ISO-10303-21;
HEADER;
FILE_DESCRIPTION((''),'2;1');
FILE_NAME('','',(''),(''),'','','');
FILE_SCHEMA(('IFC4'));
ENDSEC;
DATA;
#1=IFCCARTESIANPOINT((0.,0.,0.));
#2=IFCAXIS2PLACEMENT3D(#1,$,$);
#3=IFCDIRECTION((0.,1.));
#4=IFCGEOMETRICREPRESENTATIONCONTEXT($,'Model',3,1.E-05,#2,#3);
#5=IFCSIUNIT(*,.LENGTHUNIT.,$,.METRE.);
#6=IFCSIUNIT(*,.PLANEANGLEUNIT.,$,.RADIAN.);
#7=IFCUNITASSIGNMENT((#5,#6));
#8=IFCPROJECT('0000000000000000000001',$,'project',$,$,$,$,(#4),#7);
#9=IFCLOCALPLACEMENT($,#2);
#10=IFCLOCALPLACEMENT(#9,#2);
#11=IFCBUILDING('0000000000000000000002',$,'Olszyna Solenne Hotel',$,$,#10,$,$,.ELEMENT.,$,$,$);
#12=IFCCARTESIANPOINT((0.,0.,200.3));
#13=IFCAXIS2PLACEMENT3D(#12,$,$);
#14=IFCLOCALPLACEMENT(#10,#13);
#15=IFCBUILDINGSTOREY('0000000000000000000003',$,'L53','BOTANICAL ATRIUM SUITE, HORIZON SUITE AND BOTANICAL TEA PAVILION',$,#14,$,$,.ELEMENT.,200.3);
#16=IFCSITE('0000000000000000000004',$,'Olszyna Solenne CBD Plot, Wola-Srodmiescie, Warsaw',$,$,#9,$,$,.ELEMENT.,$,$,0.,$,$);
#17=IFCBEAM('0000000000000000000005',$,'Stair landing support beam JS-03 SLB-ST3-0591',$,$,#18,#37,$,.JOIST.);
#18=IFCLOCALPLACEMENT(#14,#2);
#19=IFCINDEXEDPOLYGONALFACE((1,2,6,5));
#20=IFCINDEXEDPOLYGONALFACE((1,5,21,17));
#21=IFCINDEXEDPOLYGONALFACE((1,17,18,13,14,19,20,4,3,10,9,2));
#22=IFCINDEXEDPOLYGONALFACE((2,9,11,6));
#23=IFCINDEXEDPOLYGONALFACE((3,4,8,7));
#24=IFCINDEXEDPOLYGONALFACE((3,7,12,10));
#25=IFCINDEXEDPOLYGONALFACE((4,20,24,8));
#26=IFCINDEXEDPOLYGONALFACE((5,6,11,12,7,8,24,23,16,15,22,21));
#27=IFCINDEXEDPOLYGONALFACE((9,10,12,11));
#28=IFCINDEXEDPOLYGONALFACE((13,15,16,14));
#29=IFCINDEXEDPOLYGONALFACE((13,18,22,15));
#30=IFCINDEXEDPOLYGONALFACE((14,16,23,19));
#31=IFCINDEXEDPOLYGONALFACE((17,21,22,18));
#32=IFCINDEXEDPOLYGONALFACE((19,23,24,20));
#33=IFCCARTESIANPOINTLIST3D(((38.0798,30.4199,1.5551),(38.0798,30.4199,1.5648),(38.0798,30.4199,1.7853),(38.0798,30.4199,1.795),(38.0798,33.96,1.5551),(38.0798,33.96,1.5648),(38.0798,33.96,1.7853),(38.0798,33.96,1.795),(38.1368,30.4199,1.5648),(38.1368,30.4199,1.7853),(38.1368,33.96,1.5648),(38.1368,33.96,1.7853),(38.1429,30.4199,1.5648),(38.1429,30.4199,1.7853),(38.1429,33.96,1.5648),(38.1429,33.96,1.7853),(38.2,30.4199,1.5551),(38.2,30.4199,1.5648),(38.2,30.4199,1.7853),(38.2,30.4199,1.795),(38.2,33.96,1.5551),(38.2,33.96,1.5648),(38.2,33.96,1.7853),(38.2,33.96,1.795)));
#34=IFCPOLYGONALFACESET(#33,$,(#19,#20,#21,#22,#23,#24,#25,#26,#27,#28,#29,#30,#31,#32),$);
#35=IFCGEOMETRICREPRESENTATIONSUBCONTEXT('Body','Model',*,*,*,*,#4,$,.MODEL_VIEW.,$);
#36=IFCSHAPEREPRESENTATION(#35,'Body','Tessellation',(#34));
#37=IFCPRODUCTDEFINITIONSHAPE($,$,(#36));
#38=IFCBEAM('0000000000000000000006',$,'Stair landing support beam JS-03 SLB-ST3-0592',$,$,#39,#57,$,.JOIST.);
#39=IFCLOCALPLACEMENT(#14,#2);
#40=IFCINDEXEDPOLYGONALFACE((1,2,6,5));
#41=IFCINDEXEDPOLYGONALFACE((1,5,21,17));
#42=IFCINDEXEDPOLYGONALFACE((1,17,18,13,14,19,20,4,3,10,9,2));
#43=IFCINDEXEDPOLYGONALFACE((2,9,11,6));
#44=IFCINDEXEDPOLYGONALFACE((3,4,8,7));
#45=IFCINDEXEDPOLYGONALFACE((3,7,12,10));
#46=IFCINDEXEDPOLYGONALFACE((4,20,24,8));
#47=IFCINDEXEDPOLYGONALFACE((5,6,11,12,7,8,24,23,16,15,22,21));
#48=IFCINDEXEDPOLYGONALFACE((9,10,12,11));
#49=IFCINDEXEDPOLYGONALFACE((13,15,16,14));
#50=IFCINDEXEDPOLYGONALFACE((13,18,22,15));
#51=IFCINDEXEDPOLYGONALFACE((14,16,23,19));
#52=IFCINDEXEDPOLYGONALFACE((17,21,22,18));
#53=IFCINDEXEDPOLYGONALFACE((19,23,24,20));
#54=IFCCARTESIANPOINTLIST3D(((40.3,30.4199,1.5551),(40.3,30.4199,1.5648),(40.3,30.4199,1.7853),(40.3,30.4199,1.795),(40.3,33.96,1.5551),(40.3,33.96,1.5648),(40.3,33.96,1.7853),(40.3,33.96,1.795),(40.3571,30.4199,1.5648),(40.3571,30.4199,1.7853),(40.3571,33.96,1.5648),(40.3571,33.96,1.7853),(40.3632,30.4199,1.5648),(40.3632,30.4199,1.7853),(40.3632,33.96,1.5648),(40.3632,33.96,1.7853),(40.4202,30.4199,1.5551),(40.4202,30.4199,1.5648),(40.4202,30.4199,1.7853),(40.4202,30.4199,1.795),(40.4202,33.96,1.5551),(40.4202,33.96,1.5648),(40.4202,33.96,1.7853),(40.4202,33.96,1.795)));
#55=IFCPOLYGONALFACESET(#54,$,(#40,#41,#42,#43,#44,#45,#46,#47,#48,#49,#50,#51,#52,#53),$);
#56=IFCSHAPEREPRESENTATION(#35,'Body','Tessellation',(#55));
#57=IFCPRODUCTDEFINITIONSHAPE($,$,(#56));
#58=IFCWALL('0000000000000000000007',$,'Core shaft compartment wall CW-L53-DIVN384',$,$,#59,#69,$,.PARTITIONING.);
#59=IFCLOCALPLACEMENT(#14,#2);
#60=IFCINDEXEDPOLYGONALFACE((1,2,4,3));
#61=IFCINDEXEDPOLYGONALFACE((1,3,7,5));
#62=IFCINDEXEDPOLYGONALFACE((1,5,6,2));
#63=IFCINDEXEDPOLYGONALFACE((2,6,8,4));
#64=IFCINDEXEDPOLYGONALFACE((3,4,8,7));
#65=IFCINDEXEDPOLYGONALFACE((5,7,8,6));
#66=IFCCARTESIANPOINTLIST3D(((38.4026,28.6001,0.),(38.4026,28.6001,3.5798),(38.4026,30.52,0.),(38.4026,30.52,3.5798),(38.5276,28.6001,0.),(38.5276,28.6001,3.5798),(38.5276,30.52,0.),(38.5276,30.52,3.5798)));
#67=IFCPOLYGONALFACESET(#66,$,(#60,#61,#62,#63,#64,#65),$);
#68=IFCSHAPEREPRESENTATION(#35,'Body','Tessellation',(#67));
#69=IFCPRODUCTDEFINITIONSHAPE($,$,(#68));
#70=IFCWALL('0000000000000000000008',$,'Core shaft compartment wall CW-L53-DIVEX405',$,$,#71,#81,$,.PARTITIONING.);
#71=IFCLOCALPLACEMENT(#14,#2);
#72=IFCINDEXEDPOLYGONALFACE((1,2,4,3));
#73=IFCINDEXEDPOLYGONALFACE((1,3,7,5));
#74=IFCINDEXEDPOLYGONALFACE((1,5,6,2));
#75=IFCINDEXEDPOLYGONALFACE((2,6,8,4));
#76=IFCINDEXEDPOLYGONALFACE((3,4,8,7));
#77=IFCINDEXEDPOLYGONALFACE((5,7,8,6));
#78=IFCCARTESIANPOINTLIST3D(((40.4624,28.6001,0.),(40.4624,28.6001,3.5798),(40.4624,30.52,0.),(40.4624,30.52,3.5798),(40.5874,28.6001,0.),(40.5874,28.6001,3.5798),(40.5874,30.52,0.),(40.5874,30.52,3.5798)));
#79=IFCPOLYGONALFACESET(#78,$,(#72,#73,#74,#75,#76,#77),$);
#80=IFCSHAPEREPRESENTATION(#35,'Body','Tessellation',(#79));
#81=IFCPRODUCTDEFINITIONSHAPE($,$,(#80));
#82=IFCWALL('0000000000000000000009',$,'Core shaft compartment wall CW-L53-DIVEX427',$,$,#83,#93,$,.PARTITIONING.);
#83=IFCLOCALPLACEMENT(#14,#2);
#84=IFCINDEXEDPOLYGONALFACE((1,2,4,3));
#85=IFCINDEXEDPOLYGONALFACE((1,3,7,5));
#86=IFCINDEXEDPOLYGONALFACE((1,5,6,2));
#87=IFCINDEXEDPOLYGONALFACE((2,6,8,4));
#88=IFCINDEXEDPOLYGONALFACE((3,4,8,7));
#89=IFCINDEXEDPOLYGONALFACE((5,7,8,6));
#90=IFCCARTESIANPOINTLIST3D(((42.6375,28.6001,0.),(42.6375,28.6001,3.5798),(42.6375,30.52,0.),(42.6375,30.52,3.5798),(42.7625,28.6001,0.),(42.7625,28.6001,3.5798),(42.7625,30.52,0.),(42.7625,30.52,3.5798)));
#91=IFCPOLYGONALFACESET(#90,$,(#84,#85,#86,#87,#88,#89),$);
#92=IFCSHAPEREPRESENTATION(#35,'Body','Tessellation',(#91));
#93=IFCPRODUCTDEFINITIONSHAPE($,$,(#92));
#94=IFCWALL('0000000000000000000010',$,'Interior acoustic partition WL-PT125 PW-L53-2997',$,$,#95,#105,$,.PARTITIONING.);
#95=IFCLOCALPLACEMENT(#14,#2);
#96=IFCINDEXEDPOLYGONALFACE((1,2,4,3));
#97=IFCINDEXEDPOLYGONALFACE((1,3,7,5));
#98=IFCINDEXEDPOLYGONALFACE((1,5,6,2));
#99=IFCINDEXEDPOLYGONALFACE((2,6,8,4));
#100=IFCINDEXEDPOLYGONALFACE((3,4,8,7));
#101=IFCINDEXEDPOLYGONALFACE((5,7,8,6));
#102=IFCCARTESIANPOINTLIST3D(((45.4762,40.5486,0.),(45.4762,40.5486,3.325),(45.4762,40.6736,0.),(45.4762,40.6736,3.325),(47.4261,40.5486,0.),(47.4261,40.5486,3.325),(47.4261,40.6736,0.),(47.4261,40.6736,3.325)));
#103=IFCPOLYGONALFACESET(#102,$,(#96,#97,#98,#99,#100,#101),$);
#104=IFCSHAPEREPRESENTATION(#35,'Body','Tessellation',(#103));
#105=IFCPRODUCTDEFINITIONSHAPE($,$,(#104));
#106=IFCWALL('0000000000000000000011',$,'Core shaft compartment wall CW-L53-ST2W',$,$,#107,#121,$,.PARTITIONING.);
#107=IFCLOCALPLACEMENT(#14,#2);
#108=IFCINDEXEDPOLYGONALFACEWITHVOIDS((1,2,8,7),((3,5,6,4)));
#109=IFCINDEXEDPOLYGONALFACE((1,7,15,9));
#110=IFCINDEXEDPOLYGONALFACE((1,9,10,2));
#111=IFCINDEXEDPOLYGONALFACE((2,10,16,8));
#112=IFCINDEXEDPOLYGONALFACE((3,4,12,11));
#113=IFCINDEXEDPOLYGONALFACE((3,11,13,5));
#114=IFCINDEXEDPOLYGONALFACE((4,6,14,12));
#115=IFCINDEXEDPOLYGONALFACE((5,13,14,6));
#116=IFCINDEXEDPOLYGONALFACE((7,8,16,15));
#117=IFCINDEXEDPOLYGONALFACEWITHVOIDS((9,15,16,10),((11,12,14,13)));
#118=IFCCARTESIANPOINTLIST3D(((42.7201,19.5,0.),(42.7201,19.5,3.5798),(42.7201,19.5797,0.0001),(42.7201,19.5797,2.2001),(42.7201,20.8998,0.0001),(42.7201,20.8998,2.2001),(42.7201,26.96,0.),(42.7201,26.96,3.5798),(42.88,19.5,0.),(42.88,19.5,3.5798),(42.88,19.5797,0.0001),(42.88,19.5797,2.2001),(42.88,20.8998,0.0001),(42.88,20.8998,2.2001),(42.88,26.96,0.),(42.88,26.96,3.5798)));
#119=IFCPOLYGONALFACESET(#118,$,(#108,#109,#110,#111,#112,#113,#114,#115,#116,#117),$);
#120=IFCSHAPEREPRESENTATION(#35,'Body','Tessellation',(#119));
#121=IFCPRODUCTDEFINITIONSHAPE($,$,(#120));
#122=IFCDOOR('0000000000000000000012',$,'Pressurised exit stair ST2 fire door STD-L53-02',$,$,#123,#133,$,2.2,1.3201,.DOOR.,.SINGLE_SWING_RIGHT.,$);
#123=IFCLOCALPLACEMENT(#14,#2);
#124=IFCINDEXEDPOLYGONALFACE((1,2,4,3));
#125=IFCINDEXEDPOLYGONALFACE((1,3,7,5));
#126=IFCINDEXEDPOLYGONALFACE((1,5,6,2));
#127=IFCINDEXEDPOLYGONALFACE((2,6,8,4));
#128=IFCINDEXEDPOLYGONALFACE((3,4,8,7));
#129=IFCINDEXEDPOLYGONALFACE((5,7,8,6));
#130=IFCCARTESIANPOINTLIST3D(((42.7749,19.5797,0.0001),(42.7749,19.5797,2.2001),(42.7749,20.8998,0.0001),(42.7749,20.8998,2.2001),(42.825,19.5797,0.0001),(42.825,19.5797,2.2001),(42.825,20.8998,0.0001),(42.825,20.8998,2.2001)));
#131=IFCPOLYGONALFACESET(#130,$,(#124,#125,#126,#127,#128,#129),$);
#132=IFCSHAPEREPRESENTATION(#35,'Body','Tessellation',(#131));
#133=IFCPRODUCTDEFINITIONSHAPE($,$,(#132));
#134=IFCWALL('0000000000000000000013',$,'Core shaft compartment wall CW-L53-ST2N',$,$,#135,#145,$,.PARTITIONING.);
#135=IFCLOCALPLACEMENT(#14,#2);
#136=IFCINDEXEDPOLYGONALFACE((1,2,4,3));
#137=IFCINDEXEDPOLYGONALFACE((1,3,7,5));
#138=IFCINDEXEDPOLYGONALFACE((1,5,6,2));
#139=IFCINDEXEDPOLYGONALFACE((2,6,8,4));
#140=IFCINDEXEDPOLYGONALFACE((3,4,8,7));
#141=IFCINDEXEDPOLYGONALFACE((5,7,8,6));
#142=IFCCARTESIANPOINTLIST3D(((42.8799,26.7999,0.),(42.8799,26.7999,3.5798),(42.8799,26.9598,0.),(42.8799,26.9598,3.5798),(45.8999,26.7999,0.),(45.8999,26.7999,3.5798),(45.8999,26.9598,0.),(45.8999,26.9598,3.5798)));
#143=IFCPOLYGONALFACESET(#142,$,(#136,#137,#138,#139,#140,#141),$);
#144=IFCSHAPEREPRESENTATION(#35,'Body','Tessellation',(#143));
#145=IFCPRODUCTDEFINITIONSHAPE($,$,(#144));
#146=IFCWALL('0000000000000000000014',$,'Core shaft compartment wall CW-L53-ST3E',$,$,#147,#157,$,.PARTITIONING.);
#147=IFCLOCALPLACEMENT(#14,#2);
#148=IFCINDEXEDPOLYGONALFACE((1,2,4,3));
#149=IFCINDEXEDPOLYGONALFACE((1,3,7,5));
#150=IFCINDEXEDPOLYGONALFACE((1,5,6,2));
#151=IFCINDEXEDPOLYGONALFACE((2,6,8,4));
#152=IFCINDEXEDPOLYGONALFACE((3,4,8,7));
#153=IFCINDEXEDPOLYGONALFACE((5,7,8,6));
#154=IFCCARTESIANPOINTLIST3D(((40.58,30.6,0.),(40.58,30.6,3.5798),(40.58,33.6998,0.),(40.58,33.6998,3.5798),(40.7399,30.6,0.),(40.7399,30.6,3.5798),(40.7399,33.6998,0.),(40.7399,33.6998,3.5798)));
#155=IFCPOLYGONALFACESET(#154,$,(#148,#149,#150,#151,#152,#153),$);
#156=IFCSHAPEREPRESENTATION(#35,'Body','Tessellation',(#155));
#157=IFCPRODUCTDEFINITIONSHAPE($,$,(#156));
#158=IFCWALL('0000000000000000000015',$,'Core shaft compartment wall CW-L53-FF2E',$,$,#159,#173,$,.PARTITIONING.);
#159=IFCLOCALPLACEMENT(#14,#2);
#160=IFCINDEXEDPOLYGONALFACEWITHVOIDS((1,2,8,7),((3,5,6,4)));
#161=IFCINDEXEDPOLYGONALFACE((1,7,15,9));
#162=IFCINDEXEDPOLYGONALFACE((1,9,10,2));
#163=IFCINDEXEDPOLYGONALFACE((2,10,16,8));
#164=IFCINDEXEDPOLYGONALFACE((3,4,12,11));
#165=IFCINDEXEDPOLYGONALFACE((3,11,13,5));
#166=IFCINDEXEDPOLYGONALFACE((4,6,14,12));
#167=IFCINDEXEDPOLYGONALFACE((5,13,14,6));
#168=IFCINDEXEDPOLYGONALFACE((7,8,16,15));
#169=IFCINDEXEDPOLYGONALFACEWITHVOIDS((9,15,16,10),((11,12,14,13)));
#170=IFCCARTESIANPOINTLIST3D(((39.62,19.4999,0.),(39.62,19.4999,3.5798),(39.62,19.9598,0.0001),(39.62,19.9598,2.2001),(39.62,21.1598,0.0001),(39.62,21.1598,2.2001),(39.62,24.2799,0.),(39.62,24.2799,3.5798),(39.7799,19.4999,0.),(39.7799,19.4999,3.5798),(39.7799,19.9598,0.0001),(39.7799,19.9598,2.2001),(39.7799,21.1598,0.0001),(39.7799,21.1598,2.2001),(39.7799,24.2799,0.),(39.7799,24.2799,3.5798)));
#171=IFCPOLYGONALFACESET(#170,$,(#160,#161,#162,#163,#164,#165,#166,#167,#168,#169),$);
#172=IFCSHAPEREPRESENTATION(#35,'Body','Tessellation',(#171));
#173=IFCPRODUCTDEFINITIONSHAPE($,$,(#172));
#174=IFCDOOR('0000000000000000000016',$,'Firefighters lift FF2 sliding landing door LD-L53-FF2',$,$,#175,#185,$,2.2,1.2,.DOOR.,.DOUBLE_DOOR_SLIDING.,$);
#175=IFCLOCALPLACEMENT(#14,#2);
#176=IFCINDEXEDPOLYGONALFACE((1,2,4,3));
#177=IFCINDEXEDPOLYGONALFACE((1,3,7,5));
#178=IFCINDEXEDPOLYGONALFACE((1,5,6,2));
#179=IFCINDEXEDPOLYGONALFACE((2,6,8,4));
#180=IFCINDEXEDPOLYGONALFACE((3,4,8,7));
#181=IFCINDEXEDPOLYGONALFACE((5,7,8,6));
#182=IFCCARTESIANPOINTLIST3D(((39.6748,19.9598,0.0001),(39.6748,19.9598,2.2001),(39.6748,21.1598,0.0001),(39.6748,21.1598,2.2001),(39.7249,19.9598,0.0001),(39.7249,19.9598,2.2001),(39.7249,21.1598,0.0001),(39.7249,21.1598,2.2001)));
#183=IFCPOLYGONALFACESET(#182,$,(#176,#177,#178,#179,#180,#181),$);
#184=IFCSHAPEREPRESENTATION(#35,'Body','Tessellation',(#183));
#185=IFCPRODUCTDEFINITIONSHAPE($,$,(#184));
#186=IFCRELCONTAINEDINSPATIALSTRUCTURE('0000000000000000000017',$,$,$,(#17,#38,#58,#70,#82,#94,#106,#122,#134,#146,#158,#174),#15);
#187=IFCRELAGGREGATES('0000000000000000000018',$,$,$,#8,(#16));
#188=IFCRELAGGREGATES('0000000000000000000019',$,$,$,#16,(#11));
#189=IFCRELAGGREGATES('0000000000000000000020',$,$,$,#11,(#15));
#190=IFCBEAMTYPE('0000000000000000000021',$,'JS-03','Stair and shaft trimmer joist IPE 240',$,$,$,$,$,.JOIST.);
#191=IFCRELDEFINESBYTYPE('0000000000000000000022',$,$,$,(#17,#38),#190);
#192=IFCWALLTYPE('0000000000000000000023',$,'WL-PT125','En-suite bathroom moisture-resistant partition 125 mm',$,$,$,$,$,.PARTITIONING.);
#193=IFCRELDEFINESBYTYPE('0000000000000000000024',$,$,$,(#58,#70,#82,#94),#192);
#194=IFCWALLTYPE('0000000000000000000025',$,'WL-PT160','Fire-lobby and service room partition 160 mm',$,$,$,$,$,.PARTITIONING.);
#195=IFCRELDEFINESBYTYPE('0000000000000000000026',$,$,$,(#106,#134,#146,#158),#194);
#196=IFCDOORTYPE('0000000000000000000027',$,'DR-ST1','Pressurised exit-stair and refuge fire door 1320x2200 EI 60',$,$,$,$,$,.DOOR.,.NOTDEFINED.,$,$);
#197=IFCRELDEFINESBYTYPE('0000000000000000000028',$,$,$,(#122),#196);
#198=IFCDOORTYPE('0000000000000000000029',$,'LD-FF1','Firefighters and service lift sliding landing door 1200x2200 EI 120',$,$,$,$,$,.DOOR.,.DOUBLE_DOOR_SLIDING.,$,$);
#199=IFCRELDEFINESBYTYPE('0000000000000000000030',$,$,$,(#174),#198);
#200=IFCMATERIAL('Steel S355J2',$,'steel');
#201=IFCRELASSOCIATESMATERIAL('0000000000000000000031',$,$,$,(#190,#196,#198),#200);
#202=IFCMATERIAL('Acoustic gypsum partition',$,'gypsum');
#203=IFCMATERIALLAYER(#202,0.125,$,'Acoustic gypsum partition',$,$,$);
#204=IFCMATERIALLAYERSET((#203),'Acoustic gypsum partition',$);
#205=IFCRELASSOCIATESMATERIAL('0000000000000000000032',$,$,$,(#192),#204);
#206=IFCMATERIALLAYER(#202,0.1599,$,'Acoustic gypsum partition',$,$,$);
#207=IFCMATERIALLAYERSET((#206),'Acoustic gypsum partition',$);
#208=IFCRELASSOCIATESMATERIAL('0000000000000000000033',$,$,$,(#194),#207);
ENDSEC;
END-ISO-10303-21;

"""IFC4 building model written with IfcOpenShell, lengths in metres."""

from ifc_helpers import new_model, si_unit, direction, frame, frame_2d, origin, origin_2d, place, context, subcontext, project, spatial, rectangle, i_section, extrude, source, transform, mapped, material, layer, layer_set, material_profile, profile_set, type_object, type_shapes, element, fill, save


model = new_model("IFC4")

# Units and contexts
model_context = context("Model", 3, precision=1e-05, world=origin(), true_north=direction((0.0, 1.0)))
body_context = subcontext(model_context, "Body", "Model", "MODEL_VIEW")
ifc_project = project(units=[si_unit("LENGTHUNIT", "METRE"), si_unit("PLANEANGLEUNIT", "RADIAN")], contexts=[model_context])

# Site, building, storey
site_placement = place(None, origin())
site = spatial("IfcSite", under=ifc_project, at=site_placement, Name="Olszyna Solenne CBD Plot, Wola-Srodmiescie, Warsaw", CompositionType="ELEMENT", RefElevation=0.0)
building_placement = place(site_placement, origin())
building = spatial("IfcBuilding", under=site, at=building_placement, Name="Olszyna Solenne Hotel", CompositionType="ELEMENT")
storey_placement = place(building_placement, frame((0.0, 0.0, 200.3)))
storey = spatial("IfcBuildingStorey", under=building, at=storey_placement, Name="L53", Description="BOTANICAL ATRIUM SUITE, HORIZON SUITE AND BOTANICAL TEA PAVILION", CompositionType="ELEMENT", Elevation=200.3)

# Beams
ifc_material_1 = material(Name="Steel S355J2", Category="steel")
ifc_material_profile = material_profile(ifc_material_1, i_section(OverallWidth=0.1201, OverallDepth=0.24, WebThickness=0.0061, FlangeThickness=0.0098, at=origin_2d()), Name="IPE 240", Category="load-bearing")
ifc_profile_set = profile_set([ifc_material_profile], Name="Steel S355J2")
beam_type = type_object("IfcBeamType", Name="JS-03", Description="Stair and shaft trimmer joist IPE 240", PredefinedType="JOIST", material=ifc_profile_set)
shared_shape_1 = source(origin(), body_context, "Body", "SweptSolid", [
    extrude(i_section(OverallWidth=0.1201, OverallDepth=0.24, WebThickness=0.0061, FlangeThickness=0.0098, at=origin_2d()), origin(), (0.0, 0.0, 1.0), 3.54),
])
for number, where, z_axis, x_axis, name in (
    (1, (38.1399, 30.4199, 1.675), (0.0, 1.0, 0.0), (-1.0, 0.0, 0.0), "Stair landing support beam JS-03 SLB-ST3-0591"),
    (2, (40.3601, 30.4199, 1.675), (0.0, 1.0, 0.0), (-1.0, 0.0, 0.0), "Stair landing support beam JS-03 SLB-ST3-0592"),
):
    element("IfcBeam", number, at=place(storey_placement, frame(where, z_axis=z_axis, x_axis=x_axis)), inside=storey, type_object=beam_type, Name=name, PredefinedType="JOIST", context=body_context, shape_type="MappedRepresentation", body=[
        mapped(shared_shape_1, transform((0.0, 0.0, 0.0), x_axis=(1.0, 0.0, 0.0), y_axis=(0.0, 1.0, 0.0), z_axis=(0.0, 0.0, 1.0), scale=1.0)),
    ])

# Walls
ifc_material_2 = material(Name="Acoustic gypsum partition", Category="gypsum")
ifc_layer_1 = layer(ifc_material_2, 0.125, Name="Acoustic gypsum partition")
ifc_layer_set_1 = layer_set([ifc_layer_1], Name="Acoustic gypsum partition")
wall_type_1 = type_object("IfcWallType", Name="WL-PT125", Description="En-suite bathroom moisture-resistant partition 125 mm", PredefinedType="PARTITIONING", material=ifc_layer_set_1)
for number, where, z_axis, x_axis, name in (
    (3, (38.4651, 28.6001, 0.0), (0.0, 0.0, 1.0), (0.0, 1.0, 0.0), "Core shaft compartment wall CW-L53-DIVN384"),
    (4, (40.5249, 28.6001, 0.0), (0.0, 0.0, 1.0), (0.0, 1.0, 0.0), "Core shaft compartment wall CW-L53-DIVEX405"),
    (5, (42.7, 28.6001, 0.0), (0.0, 0.0, 1.0), (0.0, 1.0, 0.0), "Core shaft compartment wall CW-L53-DIVEX427"),
):
    element("IfcWall", number, at=place(storey_placement, frame(where, z_axis=z_axis, x_axis=x_axis)), inside=storey, type_object=wall_type_1, Name=name, PredefinedType="PARTITIONING", context=body_context, shape_type="SweptSolid", body=[
        extrude(rectangle(XDim=1.9199, YDim=0.125, at=frame_2d((0.96, 0.0))), origin(), (0.0, 0.0, 1.0), 3.5798),
    ])
wall_1_placement = place(storey_placement, frame((45.4761, 40.6111, 0.0), z_axis=(0.0, 0.0, 1.0), x_axis=(1.0, 0.0, 0.0)))
element("IfcWall", 6, at=wall_1_placement, inside=storey, type_object=wall_type_1, Name="Interior acoustic partition WL-PT125 PW-L53-2997", PredefinedType="PARTITIONING", context=body_context, shape_type="SweptSolid", body=[
    extrude(rectangle(XDim=1.95, YDim=0.125, at=frame_2d((0.9751, 0.0))), origin(), (0.0, 0.0, 1.0), 3.325),
])

# Wall, opening, door
ifc_layer_2 = layer(ifc_material_2, 0.1599, Name="Acoustic gypsum partition")
ifc_layer_set_2 = layer_set([ifc_layer_2], Name="Acoustic gypsum partition")
wall_type_2 = type_object("IfcWallType", Name="WL-PT160", Description="Fire-lobby and service room partition 160 mm", PredefinedType="PARTITIONING", material=ifc_layer_set_2)
wall_2_placement = place(storey_placement, frame((42.8, 26.96, 0.0), z_axis=(0.0, 0.0, 1.0), x_axis=(0.0, -1.0, 0.0)))
wall_2 = element("IfcWall", 7, at=wall_2_placement, inside=storey, type_object=wall_type_2, Name="Core shaft compartment wall CW-L53-ST2W", PredefinedType="PARTITIONING", context=body_context, shape_type="SweptSolid", body=[
    extrude(rectangle(XDim=7.46, YDim=0.1599, at=frame_2d((3.73, 0.0))), origin(), (0.0, 0.0, 1.0), 3.5798),
])
opening_1_placement = place(wall_2_placement, frame((6.0601, 0.0, 0.0)))
opening_1 = element("IfcOpeningElement", 8, at=opening_1_placement, cuts=wall_2, PredefinedType="OPENING", context=body_context, shape_type="SweptSolid", body=[
    extrude(rectangle(XDim=1.3201, YDim=2.2, at=frame_2d((0.6602, 1.1001))), frame((0.0, 0.0898, 0.0), z_axis=(0.0, -1.0, 0.0), x_axis=(1.0, 0.0, 0.0)), (0.0, 0.0, 1.0), 0.1799),
])
door_type_1 = type_object("IfcDoorType", Name="DR-ST1", Description="Pressurised exit-stair and refuge fire door 1320x2200 EI 60", OperationType="NOTDEFINED", PredefinedType="DOOR", material=ifc_material_1)
shared_shape_2 = source(origin(), body_context, "Body", "SweptSolid", [
    extrude(rectangle(XDim=1.3201, YDim=2.2, at=frame_2d((0.6602, 1.1001))), frame((0.0, 0.0249, 0.0), z_axis=(0.0, -1.0, 0.0), x_axis=(1.0, 0.0, 0.0)), (0.0, 0.0, 1.0), 0.05),
])
type_shapes(door_type_1, [shared_shape_2])
door_1_placement = place(opening_1_placement, origin())
door_1 = element("IfcDoor", 9, at=door_1_placement, inside=storey, type_object=door_type_1, Name="Pressurised exit stair ST2 fire door STD-L53-02", OperationType="SINGLE_SWING_RIGHT", OverallHeight=2.2, OverallWidth=1.3201, PredefinedType="DOOR", context=body_context, shape_type="MappedRepresentation", body=[
    mapped(shared_shape_2, transform((0.0, 0.0, 0.0), x_axis=(1.0, 0.0, 0.0), y_axis=(0.0, 1.0, 0.0), z_axis=(0.0, 0.0, 1.0), scale=1.0)),
])
fill(opening_1, door_1)

# Walls
wall_3_placement = place(storey_placement, frame((42.8799, 26.8799, 0.0), z_axis=(0.0, 0.0, 1.0), x_axis=(1.0, 0.0, 0.0)))
element("IfcWall", 10, at=wall_3_placement, inside=storey, type_object=wall_type_2, Name="Core shaft compartment wall CW-L53-ST2N", PredefinedType="PARTITIONING", context=body_context, shape_type="SweptSolid", body=[
    extrude(rectangle(XDim=3.02, YDim=0.1599, at=frame_2d((1.51, 0.0))), origin(), (0.0, 0.0, 1.0), 3.5798),
])
wall_4_placement = place(storey_placement, frame((40.6599, 30.6001, 0.0), z_axis=(0.0, 0.0, 1.0), x_axis=(0.0, 1.0, 0.0)))
element("IfcWall", 11, at=wall_4_placement, inside=storey, type_object=wall_type_2, Name="Core shaft compartment wall CW-L53-ST3E", PredefinedType="PARTITIONING", context=body_context, shape_type="SweptSolid", body=[
    extrude(rectangle(XDim=3.0999, YDim=0.1599, at=frame_2d((1.5498, 0.0))), origin(), (0.0, 0.0, 1.0), 3.5798),
])

# Wall, opening, door
wall_5_placement = place(storey_placement, frame((39.7, 24.28, 0.0), z_axis=(0.0, 0.0, 1.0), x_axis=(0.0, -1.0, 0.0)))
wall_5 = element("IfcWall", 12, at=wall_5_placement, inside=storey, type_object=wall_type_2, Name="Core shaft compartment wall CW-L53-FF2E", PredefinedType="PARTITIONING", context=body_context, shape_type="SweptSolid", body=[
    extrude(rectangle(XDim=4.78, YDim=0.1599, at=frame_2d((2.3901, 0.0))), origin(), (0.0, 0.0, 1.0), 3.5798),
])
opening_2_placement = place(wall_5_placement, frame((3.1201, 0.0, 0.0)))
opening_2 = element("IfcOpeningElement", 13, at=opening_2_placement, cuts=wall_5, PredefinedType="OPENING", context=body_context, shape_type="SweptSolid", body=[
    extrude(rectangle(XDim=1.2, YDim=2.2, at=frame_2d((0.6001, 1.1001))), frame((0.0, 0.0898, 0.0), z_axis=(0.0, -1.0, 0.0), x_axis=(1.0, 0.0, 0.0)), (0.0, 0.0, 1.0), 0.1799),
])
door_type_2 = type_object("IfcDoorType", Name="LD-FF1", Description="Firefighters and service lift sliding landing door 1200x2200 EI 120", OperationType="DOUBLE_DOOR_SLIDING", PredefinedType="DOOR", material=ifc_material_1)
shared_shape_3 = source(origin(), body_context, "Body", "SweptSolid", [
    extrude(rectangle(XDim=1.2, YDim=2.2, at=frame_2d((0.6001, 1.1001))), frame((0.0, 0.0249, 0.0), z_axis=(0.0, -1.0, 0.0), x_axis=(1.0, 0.0, 0.0)), (0.0, 0.0, 1.0), 0.05),
])
type_shapes(door_type_2, [shared_shape_3])
door_2_placement = place(opening_2_placement, origin())
door_2 = element("IfcDoor", 14, at=door_2_placement, inside=storey, type_object=door_type_2, Name="Firefighters lift FF2 sliding landing door LD-L53-FF2", OperationType="DOUBLE_DOOR_SLIDING", OverallHeight=2.2, OverallWidth=1.2, PredefinedType="DOOR", context=body_context, shape_type="MappedRepresentation", body=[
    mapped(shared_shape_3, transform((0.0, 0.0, 0.0), x_axis=(1.0, 0.0, 0.0), y_axis=(0.0, 1.0, 0.0), z_axis=(0.0, 0.0, 1.0), scale=1.0)),
])
fill(opening_2, door_2)

save(model, "model.ifc")
